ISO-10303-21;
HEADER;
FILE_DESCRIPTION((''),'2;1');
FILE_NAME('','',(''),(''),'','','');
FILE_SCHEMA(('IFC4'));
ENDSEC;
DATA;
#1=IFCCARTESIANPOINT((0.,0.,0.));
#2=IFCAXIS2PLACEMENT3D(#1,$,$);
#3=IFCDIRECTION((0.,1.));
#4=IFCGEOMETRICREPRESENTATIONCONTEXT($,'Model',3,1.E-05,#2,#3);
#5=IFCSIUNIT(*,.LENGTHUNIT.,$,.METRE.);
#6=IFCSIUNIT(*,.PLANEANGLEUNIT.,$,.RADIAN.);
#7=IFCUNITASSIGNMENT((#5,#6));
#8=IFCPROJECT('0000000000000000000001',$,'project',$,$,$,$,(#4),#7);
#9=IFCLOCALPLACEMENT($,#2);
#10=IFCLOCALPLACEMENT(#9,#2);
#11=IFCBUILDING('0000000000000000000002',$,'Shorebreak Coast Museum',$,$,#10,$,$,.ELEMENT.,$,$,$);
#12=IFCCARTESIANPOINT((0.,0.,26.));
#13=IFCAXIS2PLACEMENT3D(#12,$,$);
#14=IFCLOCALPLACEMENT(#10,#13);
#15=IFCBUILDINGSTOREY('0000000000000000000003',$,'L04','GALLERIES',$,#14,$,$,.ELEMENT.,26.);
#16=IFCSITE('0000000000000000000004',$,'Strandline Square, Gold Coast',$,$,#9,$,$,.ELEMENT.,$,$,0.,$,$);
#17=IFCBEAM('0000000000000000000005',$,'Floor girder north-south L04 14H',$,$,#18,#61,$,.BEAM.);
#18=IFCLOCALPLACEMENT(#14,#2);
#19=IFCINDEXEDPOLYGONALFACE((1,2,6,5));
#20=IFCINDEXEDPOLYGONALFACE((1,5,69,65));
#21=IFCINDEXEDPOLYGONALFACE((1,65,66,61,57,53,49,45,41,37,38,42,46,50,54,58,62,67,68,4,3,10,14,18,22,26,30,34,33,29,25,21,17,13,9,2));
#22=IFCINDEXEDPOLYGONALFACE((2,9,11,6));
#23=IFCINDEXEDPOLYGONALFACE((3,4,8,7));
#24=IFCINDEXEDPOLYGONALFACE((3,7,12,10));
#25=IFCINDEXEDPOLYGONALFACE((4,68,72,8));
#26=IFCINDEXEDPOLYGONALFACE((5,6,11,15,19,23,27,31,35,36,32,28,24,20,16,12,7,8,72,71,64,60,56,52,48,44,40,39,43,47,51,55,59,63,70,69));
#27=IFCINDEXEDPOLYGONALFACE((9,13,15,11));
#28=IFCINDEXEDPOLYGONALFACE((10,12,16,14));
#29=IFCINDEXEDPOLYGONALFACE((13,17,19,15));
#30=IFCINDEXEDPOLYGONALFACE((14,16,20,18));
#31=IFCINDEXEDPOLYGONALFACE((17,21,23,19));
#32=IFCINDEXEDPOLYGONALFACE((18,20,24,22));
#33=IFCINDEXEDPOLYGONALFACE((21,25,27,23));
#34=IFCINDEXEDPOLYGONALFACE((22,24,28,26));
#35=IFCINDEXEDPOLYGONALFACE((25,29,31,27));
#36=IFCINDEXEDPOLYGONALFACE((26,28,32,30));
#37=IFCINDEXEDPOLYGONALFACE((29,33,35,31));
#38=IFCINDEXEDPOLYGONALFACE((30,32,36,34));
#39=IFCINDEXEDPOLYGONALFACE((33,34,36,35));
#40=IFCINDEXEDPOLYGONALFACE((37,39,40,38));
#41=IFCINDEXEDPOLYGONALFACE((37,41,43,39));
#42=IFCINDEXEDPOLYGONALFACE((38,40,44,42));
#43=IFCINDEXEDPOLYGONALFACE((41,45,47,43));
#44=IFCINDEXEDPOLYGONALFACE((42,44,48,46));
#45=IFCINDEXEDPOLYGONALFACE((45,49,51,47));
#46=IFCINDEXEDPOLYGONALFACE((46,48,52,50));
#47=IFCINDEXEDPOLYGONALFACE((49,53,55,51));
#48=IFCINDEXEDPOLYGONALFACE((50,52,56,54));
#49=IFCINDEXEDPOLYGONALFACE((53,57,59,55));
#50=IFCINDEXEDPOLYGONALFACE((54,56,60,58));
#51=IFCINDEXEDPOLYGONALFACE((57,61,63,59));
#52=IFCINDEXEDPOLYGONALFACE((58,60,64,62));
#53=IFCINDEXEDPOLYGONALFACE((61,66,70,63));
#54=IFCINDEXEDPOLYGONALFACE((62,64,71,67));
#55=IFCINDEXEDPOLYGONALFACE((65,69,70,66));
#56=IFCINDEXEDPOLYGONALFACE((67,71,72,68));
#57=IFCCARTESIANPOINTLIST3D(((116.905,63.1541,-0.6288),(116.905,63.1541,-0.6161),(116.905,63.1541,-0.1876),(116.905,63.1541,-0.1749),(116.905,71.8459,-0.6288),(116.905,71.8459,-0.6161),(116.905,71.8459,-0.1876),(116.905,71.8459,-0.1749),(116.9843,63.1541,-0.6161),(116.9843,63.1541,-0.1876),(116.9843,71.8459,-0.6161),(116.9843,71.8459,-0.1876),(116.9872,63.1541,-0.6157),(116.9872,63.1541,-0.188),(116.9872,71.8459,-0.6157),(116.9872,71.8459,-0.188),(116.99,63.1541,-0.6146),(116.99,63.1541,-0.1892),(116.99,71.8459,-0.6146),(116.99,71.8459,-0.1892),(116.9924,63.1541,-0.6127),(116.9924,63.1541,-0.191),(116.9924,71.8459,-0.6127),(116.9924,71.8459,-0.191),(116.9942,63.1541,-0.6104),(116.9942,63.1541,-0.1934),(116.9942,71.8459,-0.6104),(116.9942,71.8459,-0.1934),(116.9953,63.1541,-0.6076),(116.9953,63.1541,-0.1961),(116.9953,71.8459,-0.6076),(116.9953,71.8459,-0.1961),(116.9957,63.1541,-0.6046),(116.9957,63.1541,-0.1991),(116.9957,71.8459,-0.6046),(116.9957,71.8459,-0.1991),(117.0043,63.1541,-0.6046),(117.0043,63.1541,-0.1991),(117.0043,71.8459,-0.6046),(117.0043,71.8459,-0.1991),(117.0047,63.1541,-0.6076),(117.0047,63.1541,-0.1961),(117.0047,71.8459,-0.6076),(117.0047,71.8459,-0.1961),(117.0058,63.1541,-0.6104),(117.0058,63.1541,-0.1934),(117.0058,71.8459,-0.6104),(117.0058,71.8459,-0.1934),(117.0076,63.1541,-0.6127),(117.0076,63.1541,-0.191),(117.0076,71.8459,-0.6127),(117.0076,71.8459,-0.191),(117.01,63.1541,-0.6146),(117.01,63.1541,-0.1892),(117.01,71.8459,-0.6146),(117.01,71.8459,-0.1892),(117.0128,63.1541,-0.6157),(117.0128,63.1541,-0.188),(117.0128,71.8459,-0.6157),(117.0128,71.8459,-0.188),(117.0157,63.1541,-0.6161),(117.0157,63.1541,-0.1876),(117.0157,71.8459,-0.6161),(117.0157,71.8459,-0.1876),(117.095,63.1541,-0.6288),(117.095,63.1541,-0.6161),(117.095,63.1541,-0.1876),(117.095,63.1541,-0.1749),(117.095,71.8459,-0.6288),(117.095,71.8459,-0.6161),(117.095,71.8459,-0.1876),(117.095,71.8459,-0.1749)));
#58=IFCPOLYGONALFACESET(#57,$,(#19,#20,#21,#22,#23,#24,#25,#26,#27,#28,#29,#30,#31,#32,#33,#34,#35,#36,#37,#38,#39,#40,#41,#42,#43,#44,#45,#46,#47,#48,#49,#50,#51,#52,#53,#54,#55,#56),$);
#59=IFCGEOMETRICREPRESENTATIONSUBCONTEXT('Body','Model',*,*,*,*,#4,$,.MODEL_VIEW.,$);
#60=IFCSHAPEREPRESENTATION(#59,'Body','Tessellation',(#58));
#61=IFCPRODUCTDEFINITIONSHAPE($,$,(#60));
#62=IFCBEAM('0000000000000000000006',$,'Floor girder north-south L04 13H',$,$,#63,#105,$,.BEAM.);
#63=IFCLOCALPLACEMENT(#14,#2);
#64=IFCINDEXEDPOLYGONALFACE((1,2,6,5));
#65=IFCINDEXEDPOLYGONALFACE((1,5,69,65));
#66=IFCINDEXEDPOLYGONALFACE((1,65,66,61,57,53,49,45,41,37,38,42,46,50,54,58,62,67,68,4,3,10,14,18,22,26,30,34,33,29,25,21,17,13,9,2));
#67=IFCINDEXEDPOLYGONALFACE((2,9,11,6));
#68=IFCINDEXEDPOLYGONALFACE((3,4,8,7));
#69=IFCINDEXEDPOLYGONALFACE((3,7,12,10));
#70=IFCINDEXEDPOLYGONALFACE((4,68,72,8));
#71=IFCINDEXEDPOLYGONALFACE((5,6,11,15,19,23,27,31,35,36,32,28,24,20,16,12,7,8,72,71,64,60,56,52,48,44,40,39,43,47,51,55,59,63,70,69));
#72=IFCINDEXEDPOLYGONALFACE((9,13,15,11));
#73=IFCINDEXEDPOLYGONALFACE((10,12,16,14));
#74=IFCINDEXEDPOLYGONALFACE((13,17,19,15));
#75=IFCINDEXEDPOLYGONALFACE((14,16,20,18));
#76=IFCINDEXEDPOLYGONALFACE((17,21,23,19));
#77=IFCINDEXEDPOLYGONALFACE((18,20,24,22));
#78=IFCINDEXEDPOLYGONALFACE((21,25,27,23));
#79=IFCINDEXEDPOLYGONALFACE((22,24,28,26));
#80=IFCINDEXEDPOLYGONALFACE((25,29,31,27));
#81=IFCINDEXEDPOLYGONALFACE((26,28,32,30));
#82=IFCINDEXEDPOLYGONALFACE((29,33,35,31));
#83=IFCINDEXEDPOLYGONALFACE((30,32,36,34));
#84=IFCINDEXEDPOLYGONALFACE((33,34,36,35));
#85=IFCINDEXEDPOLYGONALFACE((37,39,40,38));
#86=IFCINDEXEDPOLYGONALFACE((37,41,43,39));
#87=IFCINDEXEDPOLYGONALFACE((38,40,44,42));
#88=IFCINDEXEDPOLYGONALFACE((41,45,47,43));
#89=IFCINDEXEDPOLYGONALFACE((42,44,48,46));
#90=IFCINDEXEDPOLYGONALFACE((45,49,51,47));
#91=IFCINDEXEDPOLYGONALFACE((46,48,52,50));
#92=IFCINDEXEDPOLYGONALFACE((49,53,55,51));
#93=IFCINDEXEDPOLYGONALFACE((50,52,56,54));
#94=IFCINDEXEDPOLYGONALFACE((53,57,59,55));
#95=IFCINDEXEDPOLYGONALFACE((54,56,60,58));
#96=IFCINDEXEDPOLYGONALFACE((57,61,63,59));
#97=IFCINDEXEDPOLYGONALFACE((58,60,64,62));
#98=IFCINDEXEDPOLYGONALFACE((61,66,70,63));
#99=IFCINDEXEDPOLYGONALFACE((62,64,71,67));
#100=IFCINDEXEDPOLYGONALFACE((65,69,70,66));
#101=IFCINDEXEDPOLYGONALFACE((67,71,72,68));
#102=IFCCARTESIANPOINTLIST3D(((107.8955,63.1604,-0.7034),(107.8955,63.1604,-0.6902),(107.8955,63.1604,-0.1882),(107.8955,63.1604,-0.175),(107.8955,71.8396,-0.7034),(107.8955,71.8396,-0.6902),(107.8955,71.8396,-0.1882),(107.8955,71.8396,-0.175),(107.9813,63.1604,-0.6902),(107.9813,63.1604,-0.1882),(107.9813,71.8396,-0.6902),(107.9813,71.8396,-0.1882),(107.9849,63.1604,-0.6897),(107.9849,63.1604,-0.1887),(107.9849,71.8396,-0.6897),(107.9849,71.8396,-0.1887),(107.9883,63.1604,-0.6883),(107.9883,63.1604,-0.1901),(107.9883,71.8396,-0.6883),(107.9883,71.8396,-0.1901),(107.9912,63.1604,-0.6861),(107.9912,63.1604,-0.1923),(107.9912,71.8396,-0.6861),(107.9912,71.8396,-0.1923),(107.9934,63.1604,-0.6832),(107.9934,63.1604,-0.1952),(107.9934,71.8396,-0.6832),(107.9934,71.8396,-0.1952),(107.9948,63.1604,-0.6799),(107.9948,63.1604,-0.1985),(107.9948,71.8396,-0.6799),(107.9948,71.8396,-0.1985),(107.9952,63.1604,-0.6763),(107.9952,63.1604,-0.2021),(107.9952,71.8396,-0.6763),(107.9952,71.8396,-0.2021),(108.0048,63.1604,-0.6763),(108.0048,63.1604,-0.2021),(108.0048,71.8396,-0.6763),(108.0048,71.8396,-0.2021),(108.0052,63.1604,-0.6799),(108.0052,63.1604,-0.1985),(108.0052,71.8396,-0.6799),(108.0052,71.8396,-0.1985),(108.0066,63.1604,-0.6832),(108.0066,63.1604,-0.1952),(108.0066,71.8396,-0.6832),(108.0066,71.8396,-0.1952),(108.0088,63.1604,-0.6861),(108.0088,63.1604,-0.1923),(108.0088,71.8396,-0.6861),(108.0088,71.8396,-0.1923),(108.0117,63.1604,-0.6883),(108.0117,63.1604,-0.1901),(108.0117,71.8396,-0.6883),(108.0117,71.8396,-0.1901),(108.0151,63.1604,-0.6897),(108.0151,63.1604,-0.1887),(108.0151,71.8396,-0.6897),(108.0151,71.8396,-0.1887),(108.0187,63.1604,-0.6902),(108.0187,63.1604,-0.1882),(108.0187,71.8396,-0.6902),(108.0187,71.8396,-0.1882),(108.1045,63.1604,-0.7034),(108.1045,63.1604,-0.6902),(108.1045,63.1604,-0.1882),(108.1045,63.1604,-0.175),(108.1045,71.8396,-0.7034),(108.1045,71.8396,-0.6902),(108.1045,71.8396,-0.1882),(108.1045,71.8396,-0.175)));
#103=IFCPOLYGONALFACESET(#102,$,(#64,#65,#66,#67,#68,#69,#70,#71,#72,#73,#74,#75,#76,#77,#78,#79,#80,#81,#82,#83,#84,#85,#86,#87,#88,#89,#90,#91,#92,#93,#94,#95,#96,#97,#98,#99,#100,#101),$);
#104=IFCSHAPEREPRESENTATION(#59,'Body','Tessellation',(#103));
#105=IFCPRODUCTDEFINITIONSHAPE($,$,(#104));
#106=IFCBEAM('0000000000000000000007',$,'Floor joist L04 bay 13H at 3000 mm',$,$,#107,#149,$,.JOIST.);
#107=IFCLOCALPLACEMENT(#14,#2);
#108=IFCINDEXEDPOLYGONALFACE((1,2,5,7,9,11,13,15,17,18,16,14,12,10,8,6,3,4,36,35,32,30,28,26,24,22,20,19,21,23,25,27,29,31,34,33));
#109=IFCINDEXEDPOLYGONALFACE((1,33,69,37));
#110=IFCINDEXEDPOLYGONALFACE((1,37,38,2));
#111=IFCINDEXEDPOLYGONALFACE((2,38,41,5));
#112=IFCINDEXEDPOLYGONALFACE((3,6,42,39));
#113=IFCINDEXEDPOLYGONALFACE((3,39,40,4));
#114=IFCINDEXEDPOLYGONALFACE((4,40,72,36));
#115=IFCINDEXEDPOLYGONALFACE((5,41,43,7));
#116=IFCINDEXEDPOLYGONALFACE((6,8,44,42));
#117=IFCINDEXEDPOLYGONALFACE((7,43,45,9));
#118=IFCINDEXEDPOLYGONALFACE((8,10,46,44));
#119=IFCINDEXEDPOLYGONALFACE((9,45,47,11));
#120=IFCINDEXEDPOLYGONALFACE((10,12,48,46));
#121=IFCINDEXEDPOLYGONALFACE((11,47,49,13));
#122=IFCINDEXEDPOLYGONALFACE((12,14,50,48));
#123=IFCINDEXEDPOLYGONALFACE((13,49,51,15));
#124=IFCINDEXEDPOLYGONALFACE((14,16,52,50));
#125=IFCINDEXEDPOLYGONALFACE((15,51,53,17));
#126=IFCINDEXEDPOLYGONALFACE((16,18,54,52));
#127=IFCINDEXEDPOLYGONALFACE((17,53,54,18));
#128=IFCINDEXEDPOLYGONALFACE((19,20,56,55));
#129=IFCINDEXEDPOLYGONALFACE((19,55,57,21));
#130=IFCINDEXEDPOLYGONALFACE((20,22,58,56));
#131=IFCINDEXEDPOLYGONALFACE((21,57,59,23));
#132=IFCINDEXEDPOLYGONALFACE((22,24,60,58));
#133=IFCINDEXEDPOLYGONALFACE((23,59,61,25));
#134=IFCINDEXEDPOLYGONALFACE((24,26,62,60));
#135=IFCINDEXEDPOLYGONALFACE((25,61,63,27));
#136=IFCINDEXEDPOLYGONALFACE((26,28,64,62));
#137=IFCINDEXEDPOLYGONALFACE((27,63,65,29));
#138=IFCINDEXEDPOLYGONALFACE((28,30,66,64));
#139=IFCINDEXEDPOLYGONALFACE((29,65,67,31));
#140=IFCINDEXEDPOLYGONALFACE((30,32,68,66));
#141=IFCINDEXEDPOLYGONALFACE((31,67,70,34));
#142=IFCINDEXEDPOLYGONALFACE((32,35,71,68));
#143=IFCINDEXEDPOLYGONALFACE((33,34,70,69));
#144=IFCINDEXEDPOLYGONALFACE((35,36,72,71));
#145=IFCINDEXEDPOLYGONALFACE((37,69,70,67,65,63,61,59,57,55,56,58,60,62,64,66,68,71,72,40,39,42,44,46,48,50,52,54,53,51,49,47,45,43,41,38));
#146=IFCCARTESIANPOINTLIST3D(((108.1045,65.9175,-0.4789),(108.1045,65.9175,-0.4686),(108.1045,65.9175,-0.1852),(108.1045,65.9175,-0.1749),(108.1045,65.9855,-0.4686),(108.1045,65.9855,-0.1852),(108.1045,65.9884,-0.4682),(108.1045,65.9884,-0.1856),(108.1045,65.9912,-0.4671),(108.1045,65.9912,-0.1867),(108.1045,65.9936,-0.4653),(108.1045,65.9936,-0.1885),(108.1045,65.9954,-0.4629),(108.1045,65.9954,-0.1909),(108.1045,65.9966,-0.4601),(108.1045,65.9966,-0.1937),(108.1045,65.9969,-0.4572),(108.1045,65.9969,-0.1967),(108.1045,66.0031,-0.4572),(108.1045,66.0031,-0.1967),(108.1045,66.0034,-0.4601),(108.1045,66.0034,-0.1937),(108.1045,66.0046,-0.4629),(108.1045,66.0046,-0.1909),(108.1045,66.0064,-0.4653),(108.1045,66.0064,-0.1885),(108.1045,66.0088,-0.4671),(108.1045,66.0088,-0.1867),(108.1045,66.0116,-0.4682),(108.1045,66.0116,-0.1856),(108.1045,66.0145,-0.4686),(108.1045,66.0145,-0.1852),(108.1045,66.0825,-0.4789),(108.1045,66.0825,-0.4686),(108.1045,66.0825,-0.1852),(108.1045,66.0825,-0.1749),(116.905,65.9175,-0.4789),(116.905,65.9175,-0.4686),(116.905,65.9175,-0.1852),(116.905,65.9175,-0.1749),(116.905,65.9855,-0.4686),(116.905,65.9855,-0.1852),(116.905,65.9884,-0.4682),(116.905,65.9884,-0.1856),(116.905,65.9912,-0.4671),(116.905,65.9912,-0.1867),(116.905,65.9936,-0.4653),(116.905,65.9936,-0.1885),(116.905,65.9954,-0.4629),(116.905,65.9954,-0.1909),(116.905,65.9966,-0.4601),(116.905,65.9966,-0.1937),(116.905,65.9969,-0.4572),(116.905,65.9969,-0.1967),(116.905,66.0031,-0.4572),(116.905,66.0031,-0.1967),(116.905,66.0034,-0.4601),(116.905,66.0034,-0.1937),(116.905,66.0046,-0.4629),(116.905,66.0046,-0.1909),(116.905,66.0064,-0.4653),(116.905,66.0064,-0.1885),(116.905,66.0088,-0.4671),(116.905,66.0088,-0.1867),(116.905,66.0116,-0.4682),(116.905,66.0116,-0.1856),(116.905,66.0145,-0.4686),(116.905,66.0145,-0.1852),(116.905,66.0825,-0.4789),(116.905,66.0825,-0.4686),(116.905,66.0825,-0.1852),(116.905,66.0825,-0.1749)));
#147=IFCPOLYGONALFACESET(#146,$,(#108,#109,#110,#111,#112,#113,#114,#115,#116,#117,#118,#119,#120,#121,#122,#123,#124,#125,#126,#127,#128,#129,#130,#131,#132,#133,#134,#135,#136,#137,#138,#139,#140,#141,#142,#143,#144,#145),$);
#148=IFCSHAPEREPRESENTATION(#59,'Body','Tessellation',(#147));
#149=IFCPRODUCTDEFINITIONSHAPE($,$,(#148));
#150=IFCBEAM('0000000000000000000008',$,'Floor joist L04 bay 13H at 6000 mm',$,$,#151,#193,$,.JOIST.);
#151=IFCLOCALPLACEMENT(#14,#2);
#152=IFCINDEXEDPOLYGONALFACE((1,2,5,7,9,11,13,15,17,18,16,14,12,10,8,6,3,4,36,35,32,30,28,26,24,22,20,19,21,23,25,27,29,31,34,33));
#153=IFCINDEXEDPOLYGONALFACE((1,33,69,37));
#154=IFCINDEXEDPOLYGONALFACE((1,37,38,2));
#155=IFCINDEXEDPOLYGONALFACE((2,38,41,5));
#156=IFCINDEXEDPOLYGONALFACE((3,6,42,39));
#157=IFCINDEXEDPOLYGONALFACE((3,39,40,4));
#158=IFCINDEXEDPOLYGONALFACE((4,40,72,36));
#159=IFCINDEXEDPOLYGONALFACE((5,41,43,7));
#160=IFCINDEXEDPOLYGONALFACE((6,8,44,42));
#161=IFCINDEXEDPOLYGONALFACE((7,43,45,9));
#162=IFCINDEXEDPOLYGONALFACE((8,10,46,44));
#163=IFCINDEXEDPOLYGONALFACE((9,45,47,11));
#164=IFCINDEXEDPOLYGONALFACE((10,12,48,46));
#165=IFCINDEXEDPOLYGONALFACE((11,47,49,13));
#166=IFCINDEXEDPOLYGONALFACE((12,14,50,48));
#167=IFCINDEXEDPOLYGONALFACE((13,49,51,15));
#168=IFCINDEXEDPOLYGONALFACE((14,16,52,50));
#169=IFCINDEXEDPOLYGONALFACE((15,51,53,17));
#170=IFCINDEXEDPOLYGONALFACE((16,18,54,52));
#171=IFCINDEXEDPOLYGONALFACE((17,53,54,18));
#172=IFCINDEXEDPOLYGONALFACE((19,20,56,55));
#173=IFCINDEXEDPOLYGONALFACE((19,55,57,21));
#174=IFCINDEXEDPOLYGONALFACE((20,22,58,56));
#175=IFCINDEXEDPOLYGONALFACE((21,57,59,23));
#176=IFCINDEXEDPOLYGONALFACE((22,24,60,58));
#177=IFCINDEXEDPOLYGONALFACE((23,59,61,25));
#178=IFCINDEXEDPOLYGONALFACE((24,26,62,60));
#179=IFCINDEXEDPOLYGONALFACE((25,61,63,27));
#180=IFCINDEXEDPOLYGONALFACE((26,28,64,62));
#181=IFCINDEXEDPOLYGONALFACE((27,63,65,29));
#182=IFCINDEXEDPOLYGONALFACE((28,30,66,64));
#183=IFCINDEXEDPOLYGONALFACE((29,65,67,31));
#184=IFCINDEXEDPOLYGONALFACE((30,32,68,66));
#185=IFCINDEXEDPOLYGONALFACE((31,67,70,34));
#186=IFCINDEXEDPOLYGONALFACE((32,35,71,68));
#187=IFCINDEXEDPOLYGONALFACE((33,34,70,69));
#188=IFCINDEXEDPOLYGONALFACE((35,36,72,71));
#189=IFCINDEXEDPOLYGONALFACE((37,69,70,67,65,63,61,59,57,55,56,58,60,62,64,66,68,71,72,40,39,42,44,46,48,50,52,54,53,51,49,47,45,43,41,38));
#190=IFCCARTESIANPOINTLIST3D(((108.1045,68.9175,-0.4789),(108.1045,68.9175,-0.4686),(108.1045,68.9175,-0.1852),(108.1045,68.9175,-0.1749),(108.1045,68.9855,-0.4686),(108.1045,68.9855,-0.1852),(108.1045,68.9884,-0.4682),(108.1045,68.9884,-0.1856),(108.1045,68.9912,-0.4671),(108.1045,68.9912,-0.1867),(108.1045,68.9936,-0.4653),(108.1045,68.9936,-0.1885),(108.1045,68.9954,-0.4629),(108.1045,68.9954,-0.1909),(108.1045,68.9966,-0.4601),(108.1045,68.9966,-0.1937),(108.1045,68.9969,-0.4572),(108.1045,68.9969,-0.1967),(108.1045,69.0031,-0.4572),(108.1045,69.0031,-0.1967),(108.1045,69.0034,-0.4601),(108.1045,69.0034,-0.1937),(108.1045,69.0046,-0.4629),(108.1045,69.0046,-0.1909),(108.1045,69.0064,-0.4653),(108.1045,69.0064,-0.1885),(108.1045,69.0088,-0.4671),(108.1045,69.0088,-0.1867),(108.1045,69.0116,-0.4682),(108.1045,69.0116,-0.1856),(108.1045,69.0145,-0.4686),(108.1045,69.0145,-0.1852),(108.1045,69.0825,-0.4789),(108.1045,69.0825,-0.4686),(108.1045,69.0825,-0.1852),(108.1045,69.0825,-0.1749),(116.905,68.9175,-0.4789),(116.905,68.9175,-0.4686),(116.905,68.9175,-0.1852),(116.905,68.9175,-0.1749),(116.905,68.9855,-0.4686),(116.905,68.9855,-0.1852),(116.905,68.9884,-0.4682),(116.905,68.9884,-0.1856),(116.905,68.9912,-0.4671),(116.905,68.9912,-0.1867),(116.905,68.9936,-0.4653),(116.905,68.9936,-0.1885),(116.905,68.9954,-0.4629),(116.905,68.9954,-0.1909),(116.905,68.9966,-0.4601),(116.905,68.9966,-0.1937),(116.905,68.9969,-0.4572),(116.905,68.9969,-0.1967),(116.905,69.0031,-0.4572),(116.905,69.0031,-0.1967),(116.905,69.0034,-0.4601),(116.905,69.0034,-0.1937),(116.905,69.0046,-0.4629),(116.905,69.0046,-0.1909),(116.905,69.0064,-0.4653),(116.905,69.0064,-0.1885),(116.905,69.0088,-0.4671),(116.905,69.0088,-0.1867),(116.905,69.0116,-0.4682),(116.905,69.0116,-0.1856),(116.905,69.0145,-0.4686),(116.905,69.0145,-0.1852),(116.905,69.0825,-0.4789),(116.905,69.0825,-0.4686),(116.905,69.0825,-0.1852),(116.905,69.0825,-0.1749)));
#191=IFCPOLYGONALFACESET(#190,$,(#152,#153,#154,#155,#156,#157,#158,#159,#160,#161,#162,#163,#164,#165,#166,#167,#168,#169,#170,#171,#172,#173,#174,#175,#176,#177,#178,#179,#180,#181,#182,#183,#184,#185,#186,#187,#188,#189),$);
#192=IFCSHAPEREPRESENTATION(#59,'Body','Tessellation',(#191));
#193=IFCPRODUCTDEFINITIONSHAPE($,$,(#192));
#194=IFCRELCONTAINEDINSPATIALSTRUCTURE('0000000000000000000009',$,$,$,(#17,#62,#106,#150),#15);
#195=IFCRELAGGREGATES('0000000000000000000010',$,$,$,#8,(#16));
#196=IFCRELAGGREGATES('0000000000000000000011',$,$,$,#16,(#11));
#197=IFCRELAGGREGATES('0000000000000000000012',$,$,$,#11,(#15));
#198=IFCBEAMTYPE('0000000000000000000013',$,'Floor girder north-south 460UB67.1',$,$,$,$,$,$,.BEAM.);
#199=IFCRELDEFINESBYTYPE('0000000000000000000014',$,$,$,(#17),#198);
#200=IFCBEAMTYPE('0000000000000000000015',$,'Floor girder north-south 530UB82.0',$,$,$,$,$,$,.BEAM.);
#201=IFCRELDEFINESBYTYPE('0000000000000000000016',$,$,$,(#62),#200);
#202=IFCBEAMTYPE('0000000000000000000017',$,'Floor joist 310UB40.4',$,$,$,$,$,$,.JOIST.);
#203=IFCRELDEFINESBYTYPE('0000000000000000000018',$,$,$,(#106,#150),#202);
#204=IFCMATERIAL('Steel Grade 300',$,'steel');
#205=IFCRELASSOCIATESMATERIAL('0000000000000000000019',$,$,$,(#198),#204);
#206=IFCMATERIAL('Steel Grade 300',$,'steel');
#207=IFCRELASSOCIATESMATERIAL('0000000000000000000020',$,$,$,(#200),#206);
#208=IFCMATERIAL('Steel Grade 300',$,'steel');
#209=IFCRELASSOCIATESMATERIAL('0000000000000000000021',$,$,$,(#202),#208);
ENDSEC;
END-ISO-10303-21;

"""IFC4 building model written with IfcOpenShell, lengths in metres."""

from ifc_helpers import new_model, si_unit, direction, frame, origin, origin_2d, place, context, subcontext, project, spatial, i_section, extrude, material, material_profile, profile_set, type_object, element, save


model = new_model("IFC4")

# Units and contexts
model_context = context("Model", 3, precision=1e-05, world=origin(), true_north=direction((0.0, 1.0)))
body_context = subcontext(model_context, "Body", "Model", "MODEL_VIEW")
ifc_project = project(units=[si_unit("LENGTHUNIT", "METRE"), si_unit("PLANEANGLEUNIT", "RADIAN")], contexts=[model_context])

# Site, building, storey
site_placement = place(None, origin())
site = spatial("IfcSite", under=ifc_project, at=site_placement, Name="Strandline Square, Gold Coast", CompositionType="ELEMENT", RefElevation=0.0)
building_placement = place(site_placement, origin())
building = spatial("IfcBuilding", under=site, at=building_placement, Name="Shorebreak Coast Museum", CompositionType="ELEMENT")
storey_placement = place(building_placement, frame((0.0, 0.0, 26.0)))
storey = spatial("IfcBuildingStorey", under=building, at=storey_placement, Name="L04", Description="GALLERIES", CompositionType="ELEMENT", Elevation=26.0)

# Beams
ifc_material_1 = material(Name="Steel Grade 300", Category="steel")
ifc_material_profile_1 = material_profile(ifc_material_1, i_section(OverallWidth=0.1899, OverallDepth=0.4539, WebThickness=0.0085, FlangeThickness=0.0127, FilletRadius=0.0115, at=origin_2d()), Name="460UB67.1")
ifc_profile_set_1 = profile_set([ifc_material_profile_1], Name="Steel Grade 300")
beam_type_1 = type_object("IfcBeamType", Name="Floor girder north-south 460UB67.1", PredefinedType="BEAM", material=ifc_profile_set_1)
beam_1_placement = place(storey_placement, frame((117.0, 63.1541, -0.4019), z_axis=(0.0, 1.0, 0.0), x_axis=(-1.0, 0.0, 0.0)))
element("IfcBeam", 1, at=beam_1_placement, inside=storey, type_object=beam_type_1, Name="Floor girder north-south L04 14H", PredefinedType="BEAM", context=body_context, shape_type="SweptSolid", body=[
    extrude(i_section(OverallWidth=0.1899, OverallDepth=0.4539, WebThickness=0.0085, FlangeThickness=0.0127, FilletRadius=0.0115, at=origin_2d()), origin(), (0.0, 0.0, 1.0), 8.6919),
])
ifc_material_2 = material(Name="Steel Grade 300", Category="steel")
ifc_material_profile_2 = material_profile(ifc_material_2, i_section(OverallWidth=0.209, OverallDepth=0.5283, WebThickness=0.0095, FlangeThickness=0.0132, FilletRadius=0.0139, at=origin_2d()), Name="530UB82.0")
ifc_profile_set_2 = profile_set([ifc_material_profile_2], Name="Steel Grade 300")
beam_type_2 = type_object("IfcBeamType", Name="Floor girder north-south 530UB82.0", PredefinedType="BEAM", material=ifc_profile_set_2)
beam_2_placement = place(storey_placement, frame((108.0, 63.1604, -0.4392), z_axis=(0.0, 1.0, 0.0), x_axis=(-1.0, 0.0, 0.0)))
element("IfcBeam", 2, at=beam_2_placement, inside=storey, type_object=beam_type_2, Name="Floor girder north-south L04 13H", PredefinedType="BEAM", context=body_context, shape_type="SweptSolid", body=[
    extrude(i_section(OverallWidth=0.209, OverallDepth=0.5283, WebThickness=0.0095, FlangeThickness=0.0132, FilletRadius=0.0139, at=origin_2d()), origin(), (0.0, 0.0, 1.0), 8.6792),
])
ifc_material_3 = material(Name="Steel Grade 300", Category="steel")
ifc_material_profile_3 = material_profile(ifc_material_3, i_section(OverallWidth=0.165, OverallDepth=0.304, WebThickness=0.0061, FlangeThickness=0.0103, FilletRadius=0.0115, at=origin_2d()), Name="310UB40.4")
ifc_profile_set_3 = profile_set([ifc_material_profile_3], Name="Steel Grade 300")
beam_type_3 = type_object("IfcBeamType", Name="Floor joist 310UB40.4", PredefinedType="JOIST", material=ifc_profile_set_3)
for number, where, z_axis, x_axis, name in (
    (3, (108.1045, 66.0, -0.3269), (1.0, 0.0, 0.0), (0.0, 1.0, 0.0), "Floor joist L04 bay 13H at 3000 mm"),
    (4, (108.1045, 69.0, -0.3269), (1.0, 0.0, 0.0), (0.0, 1.0, 0.0), "Floor joist L04 bay 13H at 6000 mm"),
):
    element("IfcBeam", number, at=place(storey_placement, frame(where, z_axis=z_axis, x_axis=x_axis)), inside=storey, type_object=beam_type_3, Name=name, PredefinedType="JOIST", context=body_context, shape_type="SweptSolid", body=[
        extrude(i_section(OverallWidth=0.165, OverallDepth=0.304, WebThickness=0.0061, FlangeThickness=0.0103, FilletRadius=0.0115, at=origin_2d()), origin(), (0.0, 0.0, 1.0), 8.8005),
    ])

save(model, "model.ifc")
